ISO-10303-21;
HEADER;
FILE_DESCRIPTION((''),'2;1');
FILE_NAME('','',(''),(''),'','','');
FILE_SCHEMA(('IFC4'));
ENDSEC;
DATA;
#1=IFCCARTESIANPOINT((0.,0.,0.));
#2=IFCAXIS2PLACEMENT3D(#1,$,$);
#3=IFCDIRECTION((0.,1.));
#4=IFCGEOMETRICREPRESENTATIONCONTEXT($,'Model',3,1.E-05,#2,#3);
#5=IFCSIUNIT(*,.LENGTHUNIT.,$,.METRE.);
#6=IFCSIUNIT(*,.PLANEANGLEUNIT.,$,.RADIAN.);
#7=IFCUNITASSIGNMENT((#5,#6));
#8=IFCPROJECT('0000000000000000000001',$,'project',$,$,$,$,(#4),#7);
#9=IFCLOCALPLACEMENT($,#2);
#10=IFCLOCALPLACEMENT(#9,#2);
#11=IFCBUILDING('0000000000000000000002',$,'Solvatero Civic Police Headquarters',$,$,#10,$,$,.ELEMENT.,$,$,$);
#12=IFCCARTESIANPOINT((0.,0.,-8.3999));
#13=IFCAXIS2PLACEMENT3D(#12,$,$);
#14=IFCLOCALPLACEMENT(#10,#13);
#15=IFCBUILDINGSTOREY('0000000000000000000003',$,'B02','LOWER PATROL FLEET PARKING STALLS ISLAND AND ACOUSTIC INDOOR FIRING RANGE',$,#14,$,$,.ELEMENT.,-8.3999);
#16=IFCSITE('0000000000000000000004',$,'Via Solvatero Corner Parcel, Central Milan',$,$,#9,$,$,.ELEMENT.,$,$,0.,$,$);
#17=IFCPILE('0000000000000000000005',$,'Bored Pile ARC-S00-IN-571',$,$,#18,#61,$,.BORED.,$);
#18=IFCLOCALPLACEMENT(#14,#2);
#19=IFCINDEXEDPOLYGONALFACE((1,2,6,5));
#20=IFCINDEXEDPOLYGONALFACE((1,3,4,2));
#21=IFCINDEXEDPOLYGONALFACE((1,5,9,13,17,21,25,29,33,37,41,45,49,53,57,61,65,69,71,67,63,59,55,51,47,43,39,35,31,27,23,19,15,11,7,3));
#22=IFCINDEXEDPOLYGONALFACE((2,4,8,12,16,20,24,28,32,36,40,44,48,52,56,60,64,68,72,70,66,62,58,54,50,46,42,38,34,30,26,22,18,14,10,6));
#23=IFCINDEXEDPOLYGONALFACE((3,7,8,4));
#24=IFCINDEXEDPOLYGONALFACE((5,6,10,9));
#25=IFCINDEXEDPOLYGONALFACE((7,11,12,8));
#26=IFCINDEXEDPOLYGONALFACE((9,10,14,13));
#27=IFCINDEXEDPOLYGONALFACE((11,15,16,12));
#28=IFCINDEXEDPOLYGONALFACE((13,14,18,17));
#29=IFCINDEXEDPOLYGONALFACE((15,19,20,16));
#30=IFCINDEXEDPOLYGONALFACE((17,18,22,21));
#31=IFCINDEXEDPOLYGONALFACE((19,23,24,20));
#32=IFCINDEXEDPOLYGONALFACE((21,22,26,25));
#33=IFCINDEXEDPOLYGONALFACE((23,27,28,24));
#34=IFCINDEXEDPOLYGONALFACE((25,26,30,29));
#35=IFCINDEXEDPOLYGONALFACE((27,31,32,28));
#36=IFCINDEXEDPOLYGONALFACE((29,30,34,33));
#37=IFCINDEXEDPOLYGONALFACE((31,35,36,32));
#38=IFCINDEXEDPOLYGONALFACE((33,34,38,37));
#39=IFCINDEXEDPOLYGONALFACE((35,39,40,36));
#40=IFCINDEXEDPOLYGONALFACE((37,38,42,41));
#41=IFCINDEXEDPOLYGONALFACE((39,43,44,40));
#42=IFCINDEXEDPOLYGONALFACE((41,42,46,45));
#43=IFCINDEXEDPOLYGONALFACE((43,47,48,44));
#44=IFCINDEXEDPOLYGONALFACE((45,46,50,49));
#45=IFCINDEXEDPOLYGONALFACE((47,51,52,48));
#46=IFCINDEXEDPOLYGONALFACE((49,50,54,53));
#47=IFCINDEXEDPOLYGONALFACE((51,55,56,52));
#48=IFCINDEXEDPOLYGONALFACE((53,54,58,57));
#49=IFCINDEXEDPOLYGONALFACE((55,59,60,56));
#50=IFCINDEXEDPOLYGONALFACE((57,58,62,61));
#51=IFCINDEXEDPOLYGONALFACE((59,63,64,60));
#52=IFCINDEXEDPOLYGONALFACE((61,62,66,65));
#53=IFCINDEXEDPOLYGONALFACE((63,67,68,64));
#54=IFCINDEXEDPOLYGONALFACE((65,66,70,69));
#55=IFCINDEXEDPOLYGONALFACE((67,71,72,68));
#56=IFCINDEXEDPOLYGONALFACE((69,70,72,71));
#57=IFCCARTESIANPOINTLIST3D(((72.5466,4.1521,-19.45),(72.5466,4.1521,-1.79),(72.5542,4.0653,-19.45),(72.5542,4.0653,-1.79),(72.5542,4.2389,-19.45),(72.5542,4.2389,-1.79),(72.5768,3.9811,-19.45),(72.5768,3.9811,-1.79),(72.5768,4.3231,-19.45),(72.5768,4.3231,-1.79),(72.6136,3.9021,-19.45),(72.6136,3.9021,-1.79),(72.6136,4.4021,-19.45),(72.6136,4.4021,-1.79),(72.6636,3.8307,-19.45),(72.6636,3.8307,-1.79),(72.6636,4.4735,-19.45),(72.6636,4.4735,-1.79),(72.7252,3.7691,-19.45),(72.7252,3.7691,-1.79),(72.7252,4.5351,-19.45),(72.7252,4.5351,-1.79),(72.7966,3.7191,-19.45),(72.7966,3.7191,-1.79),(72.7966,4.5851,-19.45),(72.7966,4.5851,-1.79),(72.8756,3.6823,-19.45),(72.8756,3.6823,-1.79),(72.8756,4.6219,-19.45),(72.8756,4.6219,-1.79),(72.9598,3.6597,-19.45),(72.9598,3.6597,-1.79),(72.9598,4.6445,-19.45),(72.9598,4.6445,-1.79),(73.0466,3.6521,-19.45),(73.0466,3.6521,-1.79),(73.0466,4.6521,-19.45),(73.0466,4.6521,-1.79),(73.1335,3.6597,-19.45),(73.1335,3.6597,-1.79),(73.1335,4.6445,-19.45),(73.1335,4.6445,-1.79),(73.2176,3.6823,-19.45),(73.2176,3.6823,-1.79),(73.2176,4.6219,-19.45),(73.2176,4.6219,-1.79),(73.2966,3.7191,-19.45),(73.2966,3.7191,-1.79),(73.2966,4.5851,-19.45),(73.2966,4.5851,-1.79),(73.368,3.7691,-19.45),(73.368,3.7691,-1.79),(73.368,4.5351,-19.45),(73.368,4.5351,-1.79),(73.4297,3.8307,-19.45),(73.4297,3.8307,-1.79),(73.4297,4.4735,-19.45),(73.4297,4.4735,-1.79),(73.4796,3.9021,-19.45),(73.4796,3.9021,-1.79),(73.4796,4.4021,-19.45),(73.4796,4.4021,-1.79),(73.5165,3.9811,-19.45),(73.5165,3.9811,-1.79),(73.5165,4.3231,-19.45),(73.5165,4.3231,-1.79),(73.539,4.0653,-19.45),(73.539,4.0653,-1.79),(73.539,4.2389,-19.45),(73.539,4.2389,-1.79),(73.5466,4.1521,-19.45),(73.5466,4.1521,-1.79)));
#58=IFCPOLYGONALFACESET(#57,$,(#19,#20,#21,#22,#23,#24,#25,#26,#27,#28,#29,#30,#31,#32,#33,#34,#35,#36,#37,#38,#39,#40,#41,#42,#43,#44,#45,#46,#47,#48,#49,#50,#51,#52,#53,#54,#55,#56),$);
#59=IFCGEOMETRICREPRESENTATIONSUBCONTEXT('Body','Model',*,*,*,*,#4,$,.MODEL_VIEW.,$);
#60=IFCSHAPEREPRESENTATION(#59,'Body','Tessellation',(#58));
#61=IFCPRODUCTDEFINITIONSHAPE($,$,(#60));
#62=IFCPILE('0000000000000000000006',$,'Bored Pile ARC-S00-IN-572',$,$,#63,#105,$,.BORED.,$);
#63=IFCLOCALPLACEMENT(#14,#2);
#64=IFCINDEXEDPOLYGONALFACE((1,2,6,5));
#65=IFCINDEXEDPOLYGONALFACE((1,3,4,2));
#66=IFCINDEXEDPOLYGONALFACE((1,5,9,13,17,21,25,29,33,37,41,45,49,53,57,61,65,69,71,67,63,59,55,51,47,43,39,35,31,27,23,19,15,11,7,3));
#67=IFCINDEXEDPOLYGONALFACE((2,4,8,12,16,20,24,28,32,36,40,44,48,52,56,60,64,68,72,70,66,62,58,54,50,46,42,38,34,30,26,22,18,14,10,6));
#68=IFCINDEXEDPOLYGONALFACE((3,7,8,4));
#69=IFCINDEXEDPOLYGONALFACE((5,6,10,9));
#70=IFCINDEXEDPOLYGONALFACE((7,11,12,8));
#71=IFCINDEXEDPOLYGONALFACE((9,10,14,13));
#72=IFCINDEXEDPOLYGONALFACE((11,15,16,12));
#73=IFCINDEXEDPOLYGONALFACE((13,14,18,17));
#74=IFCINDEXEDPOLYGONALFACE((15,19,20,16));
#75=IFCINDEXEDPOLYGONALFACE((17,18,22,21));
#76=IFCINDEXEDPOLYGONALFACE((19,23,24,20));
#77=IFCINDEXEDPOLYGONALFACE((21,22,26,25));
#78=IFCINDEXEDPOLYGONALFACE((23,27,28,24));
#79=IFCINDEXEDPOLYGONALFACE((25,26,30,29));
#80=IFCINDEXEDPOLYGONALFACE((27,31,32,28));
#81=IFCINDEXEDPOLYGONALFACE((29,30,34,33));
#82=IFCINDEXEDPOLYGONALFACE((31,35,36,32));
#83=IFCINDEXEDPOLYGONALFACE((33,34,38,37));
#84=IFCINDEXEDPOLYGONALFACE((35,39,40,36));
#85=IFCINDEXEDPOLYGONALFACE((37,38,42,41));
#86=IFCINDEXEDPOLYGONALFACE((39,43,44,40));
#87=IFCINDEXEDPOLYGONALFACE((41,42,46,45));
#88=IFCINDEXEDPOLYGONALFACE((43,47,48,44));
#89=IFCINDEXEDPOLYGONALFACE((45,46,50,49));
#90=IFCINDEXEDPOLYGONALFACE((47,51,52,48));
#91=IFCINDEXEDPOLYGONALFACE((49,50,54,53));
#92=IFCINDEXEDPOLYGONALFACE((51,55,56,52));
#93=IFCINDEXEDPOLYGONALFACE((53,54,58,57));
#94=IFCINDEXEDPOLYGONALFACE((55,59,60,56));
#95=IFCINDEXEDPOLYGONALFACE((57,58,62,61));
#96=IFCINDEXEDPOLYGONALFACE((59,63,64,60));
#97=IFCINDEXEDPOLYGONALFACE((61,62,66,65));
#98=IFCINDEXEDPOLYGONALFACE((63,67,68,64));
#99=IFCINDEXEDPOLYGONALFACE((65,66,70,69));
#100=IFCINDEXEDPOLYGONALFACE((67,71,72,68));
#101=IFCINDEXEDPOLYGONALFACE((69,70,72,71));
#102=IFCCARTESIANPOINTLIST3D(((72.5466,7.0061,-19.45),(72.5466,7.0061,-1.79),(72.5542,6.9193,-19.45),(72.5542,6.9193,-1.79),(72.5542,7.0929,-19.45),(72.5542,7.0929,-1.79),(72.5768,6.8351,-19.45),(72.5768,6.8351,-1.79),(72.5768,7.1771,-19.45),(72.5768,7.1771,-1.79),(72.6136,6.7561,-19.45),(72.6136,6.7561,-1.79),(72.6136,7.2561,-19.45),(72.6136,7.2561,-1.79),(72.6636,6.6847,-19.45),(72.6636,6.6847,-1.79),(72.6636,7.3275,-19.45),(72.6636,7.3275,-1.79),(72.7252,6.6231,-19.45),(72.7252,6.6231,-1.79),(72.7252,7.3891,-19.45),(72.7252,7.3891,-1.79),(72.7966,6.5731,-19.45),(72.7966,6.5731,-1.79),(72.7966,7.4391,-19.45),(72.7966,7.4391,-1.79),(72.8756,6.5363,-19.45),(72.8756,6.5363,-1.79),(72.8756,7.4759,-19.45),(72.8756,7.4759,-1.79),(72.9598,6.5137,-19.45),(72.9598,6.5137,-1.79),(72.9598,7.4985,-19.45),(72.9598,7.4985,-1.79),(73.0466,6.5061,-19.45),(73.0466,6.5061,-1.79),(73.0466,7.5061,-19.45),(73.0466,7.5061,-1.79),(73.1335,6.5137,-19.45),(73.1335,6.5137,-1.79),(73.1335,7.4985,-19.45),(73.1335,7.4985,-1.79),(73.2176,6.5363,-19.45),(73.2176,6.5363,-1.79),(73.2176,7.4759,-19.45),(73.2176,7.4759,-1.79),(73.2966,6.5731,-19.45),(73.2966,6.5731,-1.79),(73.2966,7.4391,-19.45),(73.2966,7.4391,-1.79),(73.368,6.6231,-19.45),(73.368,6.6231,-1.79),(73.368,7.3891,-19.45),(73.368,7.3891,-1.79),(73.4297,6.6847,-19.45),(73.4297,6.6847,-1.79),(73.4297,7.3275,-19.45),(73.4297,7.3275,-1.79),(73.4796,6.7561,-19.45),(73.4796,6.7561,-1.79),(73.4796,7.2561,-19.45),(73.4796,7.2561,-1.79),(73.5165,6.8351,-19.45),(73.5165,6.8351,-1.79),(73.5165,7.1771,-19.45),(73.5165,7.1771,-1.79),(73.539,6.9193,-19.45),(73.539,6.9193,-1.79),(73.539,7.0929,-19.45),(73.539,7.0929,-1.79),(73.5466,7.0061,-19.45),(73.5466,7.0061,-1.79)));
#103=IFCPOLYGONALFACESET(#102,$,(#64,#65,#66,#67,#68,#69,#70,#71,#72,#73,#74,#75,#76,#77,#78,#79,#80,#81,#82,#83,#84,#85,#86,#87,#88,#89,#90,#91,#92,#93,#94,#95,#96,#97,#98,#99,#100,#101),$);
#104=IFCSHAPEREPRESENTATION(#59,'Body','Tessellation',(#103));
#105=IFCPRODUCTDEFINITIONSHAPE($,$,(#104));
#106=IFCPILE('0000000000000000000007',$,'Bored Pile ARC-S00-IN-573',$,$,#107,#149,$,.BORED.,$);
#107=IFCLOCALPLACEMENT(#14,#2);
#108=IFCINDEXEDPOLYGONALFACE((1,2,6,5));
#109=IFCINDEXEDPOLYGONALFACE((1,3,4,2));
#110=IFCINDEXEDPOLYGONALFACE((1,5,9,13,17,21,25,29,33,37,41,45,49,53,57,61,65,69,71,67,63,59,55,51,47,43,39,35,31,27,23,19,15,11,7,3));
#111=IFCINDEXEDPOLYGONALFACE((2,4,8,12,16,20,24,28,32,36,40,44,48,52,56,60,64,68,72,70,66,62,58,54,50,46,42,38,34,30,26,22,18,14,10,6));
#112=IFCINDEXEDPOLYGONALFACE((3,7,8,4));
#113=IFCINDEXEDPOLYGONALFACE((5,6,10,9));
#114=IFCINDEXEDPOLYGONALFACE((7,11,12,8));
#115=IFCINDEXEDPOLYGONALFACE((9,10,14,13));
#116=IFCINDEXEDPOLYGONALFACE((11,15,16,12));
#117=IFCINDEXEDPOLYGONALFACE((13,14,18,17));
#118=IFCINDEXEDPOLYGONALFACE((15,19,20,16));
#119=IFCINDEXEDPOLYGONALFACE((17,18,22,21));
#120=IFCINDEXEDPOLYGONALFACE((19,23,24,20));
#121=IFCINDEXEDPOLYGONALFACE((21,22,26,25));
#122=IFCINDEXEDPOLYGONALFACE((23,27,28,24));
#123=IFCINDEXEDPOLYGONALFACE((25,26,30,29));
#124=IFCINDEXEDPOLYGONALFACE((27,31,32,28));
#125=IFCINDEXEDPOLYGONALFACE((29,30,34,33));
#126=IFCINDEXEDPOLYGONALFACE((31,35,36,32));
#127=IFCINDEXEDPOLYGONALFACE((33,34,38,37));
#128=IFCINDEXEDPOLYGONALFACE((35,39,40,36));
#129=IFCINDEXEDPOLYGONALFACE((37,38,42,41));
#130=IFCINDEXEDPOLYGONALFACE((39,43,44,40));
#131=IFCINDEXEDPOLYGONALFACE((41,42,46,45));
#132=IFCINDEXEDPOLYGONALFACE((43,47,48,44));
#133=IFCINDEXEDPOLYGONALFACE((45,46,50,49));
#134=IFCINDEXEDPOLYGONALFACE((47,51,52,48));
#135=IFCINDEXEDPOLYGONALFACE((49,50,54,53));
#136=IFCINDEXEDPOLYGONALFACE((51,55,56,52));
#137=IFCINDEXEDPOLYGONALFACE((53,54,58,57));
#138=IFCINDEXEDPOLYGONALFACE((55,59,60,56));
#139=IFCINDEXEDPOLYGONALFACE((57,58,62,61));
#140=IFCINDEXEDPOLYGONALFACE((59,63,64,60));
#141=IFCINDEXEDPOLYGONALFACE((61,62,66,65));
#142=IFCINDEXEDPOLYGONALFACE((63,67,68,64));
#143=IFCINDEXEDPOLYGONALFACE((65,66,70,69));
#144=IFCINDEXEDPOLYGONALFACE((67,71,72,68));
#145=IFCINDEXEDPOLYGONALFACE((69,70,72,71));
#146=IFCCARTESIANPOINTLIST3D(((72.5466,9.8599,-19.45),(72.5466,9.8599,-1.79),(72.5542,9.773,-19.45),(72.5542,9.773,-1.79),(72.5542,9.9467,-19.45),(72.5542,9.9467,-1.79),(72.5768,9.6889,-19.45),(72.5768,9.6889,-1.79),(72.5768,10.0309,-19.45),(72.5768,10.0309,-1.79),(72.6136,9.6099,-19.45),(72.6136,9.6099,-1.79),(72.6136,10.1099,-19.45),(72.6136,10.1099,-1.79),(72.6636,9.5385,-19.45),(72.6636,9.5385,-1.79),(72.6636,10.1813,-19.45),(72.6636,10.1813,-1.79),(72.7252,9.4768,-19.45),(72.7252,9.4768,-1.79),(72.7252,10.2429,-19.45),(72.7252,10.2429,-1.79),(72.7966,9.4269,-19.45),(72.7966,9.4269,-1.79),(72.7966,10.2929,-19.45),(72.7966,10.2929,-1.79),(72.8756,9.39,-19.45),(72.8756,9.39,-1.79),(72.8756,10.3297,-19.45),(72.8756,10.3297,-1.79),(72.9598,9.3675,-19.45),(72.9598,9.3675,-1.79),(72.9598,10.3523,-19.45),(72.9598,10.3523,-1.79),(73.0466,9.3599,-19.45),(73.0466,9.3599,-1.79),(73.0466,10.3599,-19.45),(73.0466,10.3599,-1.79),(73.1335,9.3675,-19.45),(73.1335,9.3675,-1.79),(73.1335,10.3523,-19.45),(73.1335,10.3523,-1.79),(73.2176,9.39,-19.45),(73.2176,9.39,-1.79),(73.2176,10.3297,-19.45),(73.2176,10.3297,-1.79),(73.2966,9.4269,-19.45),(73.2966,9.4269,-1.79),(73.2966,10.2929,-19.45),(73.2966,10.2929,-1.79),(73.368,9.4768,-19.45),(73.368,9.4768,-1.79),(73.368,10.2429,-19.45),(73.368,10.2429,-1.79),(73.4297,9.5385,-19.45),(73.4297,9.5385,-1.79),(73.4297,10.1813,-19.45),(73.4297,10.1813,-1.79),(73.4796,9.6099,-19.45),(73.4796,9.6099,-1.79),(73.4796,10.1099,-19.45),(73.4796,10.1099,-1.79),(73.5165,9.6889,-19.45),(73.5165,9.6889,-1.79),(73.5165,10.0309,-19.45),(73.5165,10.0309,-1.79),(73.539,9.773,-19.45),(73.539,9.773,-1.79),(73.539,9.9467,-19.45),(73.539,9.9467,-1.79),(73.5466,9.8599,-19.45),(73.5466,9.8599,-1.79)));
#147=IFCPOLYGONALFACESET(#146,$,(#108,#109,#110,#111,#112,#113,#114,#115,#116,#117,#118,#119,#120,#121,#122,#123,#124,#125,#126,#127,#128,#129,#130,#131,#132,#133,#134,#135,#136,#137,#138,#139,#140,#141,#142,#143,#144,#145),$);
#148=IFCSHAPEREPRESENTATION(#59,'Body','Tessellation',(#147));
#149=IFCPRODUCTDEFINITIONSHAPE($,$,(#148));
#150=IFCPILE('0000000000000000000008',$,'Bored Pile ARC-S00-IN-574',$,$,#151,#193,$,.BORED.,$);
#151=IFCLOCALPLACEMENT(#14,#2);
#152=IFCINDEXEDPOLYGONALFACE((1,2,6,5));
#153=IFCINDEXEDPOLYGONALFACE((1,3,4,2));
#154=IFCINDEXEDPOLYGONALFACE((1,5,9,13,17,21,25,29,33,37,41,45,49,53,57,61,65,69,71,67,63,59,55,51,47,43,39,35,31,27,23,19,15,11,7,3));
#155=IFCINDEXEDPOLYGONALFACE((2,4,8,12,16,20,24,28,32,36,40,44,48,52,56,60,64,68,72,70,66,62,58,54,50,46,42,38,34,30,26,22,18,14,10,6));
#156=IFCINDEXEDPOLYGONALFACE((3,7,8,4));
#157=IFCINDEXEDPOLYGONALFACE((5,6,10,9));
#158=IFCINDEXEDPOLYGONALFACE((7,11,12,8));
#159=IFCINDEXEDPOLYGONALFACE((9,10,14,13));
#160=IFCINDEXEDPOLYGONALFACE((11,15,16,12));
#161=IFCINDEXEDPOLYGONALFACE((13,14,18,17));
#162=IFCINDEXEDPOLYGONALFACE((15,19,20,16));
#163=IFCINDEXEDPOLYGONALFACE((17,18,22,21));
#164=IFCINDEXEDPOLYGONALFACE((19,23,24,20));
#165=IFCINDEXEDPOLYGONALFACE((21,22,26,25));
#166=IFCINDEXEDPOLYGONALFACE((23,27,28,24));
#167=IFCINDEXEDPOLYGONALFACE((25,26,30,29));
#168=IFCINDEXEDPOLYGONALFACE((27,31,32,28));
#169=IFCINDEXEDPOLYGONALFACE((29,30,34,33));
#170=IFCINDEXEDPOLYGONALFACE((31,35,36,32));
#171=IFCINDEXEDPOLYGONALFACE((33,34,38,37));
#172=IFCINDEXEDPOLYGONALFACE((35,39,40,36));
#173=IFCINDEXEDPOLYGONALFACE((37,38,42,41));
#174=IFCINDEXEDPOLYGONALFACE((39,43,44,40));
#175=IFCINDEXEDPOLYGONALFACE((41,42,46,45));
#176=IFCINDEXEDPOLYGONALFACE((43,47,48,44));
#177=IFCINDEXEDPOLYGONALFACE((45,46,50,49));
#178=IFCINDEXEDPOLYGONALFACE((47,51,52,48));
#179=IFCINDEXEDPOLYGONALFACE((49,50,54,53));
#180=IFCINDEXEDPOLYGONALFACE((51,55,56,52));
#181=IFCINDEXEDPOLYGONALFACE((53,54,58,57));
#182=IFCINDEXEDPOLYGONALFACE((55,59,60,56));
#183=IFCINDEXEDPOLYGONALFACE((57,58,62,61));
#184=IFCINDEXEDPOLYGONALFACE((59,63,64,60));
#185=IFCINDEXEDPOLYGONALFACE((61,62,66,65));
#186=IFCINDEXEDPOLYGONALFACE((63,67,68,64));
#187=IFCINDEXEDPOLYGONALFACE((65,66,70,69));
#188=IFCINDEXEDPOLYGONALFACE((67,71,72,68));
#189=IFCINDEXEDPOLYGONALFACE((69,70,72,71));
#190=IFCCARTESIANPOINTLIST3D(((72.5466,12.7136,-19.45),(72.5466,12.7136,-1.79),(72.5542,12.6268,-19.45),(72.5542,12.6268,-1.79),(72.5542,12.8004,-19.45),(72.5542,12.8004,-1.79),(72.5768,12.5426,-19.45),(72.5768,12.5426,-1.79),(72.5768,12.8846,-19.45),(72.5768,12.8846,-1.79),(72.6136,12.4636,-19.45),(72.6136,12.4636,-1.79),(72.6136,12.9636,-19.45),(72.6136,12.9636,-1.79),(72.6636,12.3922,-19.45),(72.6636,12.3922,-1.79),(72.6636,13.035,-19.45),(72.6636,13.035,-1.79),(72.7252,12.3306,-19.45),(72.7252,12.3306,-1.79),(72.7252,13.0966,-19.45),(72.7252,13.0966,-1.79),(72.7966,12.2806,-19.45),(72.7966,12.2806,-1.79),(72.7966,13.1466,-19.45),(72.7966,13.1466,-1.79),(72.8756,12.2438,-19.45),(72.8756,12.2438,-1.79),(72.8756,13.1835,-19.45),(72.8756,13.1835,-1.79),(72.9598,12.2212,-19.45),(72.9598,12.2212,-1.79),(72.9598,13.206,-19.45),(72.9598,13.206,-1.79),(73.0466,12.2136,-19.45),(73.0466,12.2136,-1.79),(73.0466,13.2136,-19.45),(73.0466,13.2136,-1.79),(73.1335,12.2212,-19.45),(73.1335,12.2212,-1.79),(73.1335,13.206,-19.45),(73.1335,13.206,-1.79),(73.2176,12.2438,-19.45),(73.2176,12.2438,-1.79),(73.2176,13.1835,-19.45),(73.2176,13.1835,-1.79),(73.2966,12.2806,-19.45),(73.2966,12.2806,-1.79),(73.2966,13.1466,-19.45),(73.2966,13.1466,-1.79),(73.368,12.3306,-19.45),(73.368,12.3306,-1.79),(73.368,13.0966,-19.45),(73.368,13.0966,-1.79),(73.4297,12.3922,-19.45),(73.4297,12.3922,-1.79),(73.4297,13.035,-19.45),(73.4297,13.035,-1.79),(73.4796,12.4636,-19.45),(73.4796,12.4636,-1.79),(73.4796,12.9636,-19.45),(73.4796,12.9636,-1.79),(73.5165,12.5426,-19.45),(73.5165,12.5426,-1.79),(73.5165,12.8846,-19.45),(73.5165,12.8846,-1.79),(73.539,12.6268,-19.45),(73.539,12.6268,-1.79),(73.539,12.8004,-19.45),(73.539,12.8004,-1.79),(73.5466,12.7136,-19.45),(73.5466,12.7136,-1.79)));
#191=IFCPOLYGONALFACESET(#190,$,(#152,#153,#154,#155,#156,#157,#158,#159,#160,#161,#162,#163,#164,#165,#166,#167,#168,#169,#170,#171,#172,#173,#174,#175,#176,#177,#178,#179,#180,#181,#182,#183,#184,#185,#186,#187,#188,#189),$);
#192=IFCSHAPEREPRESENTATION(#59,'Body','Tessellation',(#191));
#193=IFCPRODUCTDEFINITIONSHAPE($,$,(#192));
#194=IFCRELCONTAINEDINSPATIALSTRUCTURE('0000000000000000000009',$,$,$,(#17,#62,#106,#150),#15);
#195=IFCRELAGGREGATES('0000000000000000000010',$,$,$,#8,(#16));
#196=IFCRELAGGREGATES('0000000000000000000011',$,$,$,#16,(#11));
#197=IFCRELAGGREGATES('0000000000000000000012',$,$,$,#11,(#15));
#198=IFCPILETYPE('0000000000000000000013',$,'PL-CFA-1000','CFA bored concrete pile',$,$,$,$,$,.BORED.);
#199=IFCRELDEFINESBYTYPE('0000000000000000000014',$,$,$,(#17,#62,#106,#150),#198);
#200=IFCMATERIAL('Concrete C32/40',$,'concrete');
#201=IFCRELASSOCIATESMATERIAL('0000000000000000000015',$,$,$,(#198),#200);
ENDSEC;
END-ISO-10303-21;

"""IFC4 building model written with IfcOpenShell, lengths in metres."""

from ifc_helpers import new_model, si_unit, direction, frame, origin, origin_2d, place, context, subcontext, project, spatial, circle, extrude, material, material_profile, profile_set, type_object, element, save


model = new_model("IFC4")

# Units and contexts
model_context = context("Model", 3, precision=1e-05, world=origin(), true_north=direction((0.0, 1.0)))
body_context = subcontext(model_context, "Body", "Model", "MODEL_VIEW")
ifc_project = project(units=[si_unit("LENGTHUNIT", "METRE"), si_unit("PLANEANGLEUNIT", "RADIAN")], contexts=[model_context])

# Site, building, storey
site_placement = place(None, origin())
site = spatial("IfcSite", under=ifc_project, at=site_placement, Name="Via Solvatero Corner Parcel, Central Milan", CompositionType="ELEMENT", RefElevation=0.0)
building_placement = place(site_placement, origin())
building = spatial("IfcBuilding", under=site, at=building_placement, Name="Solvatero Civic Police Headquarters", CompositionType="ELEMENT")
storey_placement = place(building_placement, frame((0.0, 0.0, -8.3999)))
storey = spatial("IfcBuildingStorey", under=building, at=storey_placement, Name="B02", Description="LOWER PATROL FLEET PARKING STALLS ISLAND AND ACOUSTIC INDOOR FIRING RANGE", CompositionType="ELEMENT", Elevation=-8.3999)

# Piles
ifc_material_1 = material(Name="Concrete C32/40", Category="concrete")
ifc_material_profile_1 = material_profile(ifc_material_1, circle(Radius=0.5, at=origin_2d()), Name="CFA PILE D1000")
ifc_profile_set_1 = profile_set([ifc_material_profile_1], Name="Concrete C32/40")
pile_type = type_object("IfcPileType", Name="PL-CFA-1000", Description="CFA bored concrete pile", PredefinedType="BORED", material=ifc_profile_set_1)
for number, where, z_axis, x_axis, name in (
    (1, (73.0466, 4.1521, -1.79), (0.0, 0.0, -1.0), (1.0, 0.0, 0.0), "Bored Pile ARC-S00-IN-571"),
    (2, (73.0466, 7.0061, -1.79), (0.0, 0.0, -1.0), (1.0, 0.0, 0.0), "Bored Pile ARC-S00-IN-572"),
    (3, (73.0466, 9.8599, -1.79), (0.0, 0.0, -1.0), (1.0, 0.0, 0.0), "Bored Pile ARC-S00-IN-573"),
    (4, (73.0466, 12.7136, -1.79), (0.0, 0.0, -1.0), (1.0, 0.0, 0.0), "Bored Pile ARC-S00-IN-574"),
):
    element("IfcPile", number, at=place(storey_placement, frame(where, z_axis=z_axis, x_axis=x_axis)), inside=storey, type_object=pile_type, Name=name, PredefinedType="BORED", context=body_context, shape_type="SweptSolid", body=[
        extrude(circle(Radius=0.5, at=origin_2d()), origin(), (0.0, 0.0, 1.0), 17.6599),
    ])

save(model, "model.ifc")
